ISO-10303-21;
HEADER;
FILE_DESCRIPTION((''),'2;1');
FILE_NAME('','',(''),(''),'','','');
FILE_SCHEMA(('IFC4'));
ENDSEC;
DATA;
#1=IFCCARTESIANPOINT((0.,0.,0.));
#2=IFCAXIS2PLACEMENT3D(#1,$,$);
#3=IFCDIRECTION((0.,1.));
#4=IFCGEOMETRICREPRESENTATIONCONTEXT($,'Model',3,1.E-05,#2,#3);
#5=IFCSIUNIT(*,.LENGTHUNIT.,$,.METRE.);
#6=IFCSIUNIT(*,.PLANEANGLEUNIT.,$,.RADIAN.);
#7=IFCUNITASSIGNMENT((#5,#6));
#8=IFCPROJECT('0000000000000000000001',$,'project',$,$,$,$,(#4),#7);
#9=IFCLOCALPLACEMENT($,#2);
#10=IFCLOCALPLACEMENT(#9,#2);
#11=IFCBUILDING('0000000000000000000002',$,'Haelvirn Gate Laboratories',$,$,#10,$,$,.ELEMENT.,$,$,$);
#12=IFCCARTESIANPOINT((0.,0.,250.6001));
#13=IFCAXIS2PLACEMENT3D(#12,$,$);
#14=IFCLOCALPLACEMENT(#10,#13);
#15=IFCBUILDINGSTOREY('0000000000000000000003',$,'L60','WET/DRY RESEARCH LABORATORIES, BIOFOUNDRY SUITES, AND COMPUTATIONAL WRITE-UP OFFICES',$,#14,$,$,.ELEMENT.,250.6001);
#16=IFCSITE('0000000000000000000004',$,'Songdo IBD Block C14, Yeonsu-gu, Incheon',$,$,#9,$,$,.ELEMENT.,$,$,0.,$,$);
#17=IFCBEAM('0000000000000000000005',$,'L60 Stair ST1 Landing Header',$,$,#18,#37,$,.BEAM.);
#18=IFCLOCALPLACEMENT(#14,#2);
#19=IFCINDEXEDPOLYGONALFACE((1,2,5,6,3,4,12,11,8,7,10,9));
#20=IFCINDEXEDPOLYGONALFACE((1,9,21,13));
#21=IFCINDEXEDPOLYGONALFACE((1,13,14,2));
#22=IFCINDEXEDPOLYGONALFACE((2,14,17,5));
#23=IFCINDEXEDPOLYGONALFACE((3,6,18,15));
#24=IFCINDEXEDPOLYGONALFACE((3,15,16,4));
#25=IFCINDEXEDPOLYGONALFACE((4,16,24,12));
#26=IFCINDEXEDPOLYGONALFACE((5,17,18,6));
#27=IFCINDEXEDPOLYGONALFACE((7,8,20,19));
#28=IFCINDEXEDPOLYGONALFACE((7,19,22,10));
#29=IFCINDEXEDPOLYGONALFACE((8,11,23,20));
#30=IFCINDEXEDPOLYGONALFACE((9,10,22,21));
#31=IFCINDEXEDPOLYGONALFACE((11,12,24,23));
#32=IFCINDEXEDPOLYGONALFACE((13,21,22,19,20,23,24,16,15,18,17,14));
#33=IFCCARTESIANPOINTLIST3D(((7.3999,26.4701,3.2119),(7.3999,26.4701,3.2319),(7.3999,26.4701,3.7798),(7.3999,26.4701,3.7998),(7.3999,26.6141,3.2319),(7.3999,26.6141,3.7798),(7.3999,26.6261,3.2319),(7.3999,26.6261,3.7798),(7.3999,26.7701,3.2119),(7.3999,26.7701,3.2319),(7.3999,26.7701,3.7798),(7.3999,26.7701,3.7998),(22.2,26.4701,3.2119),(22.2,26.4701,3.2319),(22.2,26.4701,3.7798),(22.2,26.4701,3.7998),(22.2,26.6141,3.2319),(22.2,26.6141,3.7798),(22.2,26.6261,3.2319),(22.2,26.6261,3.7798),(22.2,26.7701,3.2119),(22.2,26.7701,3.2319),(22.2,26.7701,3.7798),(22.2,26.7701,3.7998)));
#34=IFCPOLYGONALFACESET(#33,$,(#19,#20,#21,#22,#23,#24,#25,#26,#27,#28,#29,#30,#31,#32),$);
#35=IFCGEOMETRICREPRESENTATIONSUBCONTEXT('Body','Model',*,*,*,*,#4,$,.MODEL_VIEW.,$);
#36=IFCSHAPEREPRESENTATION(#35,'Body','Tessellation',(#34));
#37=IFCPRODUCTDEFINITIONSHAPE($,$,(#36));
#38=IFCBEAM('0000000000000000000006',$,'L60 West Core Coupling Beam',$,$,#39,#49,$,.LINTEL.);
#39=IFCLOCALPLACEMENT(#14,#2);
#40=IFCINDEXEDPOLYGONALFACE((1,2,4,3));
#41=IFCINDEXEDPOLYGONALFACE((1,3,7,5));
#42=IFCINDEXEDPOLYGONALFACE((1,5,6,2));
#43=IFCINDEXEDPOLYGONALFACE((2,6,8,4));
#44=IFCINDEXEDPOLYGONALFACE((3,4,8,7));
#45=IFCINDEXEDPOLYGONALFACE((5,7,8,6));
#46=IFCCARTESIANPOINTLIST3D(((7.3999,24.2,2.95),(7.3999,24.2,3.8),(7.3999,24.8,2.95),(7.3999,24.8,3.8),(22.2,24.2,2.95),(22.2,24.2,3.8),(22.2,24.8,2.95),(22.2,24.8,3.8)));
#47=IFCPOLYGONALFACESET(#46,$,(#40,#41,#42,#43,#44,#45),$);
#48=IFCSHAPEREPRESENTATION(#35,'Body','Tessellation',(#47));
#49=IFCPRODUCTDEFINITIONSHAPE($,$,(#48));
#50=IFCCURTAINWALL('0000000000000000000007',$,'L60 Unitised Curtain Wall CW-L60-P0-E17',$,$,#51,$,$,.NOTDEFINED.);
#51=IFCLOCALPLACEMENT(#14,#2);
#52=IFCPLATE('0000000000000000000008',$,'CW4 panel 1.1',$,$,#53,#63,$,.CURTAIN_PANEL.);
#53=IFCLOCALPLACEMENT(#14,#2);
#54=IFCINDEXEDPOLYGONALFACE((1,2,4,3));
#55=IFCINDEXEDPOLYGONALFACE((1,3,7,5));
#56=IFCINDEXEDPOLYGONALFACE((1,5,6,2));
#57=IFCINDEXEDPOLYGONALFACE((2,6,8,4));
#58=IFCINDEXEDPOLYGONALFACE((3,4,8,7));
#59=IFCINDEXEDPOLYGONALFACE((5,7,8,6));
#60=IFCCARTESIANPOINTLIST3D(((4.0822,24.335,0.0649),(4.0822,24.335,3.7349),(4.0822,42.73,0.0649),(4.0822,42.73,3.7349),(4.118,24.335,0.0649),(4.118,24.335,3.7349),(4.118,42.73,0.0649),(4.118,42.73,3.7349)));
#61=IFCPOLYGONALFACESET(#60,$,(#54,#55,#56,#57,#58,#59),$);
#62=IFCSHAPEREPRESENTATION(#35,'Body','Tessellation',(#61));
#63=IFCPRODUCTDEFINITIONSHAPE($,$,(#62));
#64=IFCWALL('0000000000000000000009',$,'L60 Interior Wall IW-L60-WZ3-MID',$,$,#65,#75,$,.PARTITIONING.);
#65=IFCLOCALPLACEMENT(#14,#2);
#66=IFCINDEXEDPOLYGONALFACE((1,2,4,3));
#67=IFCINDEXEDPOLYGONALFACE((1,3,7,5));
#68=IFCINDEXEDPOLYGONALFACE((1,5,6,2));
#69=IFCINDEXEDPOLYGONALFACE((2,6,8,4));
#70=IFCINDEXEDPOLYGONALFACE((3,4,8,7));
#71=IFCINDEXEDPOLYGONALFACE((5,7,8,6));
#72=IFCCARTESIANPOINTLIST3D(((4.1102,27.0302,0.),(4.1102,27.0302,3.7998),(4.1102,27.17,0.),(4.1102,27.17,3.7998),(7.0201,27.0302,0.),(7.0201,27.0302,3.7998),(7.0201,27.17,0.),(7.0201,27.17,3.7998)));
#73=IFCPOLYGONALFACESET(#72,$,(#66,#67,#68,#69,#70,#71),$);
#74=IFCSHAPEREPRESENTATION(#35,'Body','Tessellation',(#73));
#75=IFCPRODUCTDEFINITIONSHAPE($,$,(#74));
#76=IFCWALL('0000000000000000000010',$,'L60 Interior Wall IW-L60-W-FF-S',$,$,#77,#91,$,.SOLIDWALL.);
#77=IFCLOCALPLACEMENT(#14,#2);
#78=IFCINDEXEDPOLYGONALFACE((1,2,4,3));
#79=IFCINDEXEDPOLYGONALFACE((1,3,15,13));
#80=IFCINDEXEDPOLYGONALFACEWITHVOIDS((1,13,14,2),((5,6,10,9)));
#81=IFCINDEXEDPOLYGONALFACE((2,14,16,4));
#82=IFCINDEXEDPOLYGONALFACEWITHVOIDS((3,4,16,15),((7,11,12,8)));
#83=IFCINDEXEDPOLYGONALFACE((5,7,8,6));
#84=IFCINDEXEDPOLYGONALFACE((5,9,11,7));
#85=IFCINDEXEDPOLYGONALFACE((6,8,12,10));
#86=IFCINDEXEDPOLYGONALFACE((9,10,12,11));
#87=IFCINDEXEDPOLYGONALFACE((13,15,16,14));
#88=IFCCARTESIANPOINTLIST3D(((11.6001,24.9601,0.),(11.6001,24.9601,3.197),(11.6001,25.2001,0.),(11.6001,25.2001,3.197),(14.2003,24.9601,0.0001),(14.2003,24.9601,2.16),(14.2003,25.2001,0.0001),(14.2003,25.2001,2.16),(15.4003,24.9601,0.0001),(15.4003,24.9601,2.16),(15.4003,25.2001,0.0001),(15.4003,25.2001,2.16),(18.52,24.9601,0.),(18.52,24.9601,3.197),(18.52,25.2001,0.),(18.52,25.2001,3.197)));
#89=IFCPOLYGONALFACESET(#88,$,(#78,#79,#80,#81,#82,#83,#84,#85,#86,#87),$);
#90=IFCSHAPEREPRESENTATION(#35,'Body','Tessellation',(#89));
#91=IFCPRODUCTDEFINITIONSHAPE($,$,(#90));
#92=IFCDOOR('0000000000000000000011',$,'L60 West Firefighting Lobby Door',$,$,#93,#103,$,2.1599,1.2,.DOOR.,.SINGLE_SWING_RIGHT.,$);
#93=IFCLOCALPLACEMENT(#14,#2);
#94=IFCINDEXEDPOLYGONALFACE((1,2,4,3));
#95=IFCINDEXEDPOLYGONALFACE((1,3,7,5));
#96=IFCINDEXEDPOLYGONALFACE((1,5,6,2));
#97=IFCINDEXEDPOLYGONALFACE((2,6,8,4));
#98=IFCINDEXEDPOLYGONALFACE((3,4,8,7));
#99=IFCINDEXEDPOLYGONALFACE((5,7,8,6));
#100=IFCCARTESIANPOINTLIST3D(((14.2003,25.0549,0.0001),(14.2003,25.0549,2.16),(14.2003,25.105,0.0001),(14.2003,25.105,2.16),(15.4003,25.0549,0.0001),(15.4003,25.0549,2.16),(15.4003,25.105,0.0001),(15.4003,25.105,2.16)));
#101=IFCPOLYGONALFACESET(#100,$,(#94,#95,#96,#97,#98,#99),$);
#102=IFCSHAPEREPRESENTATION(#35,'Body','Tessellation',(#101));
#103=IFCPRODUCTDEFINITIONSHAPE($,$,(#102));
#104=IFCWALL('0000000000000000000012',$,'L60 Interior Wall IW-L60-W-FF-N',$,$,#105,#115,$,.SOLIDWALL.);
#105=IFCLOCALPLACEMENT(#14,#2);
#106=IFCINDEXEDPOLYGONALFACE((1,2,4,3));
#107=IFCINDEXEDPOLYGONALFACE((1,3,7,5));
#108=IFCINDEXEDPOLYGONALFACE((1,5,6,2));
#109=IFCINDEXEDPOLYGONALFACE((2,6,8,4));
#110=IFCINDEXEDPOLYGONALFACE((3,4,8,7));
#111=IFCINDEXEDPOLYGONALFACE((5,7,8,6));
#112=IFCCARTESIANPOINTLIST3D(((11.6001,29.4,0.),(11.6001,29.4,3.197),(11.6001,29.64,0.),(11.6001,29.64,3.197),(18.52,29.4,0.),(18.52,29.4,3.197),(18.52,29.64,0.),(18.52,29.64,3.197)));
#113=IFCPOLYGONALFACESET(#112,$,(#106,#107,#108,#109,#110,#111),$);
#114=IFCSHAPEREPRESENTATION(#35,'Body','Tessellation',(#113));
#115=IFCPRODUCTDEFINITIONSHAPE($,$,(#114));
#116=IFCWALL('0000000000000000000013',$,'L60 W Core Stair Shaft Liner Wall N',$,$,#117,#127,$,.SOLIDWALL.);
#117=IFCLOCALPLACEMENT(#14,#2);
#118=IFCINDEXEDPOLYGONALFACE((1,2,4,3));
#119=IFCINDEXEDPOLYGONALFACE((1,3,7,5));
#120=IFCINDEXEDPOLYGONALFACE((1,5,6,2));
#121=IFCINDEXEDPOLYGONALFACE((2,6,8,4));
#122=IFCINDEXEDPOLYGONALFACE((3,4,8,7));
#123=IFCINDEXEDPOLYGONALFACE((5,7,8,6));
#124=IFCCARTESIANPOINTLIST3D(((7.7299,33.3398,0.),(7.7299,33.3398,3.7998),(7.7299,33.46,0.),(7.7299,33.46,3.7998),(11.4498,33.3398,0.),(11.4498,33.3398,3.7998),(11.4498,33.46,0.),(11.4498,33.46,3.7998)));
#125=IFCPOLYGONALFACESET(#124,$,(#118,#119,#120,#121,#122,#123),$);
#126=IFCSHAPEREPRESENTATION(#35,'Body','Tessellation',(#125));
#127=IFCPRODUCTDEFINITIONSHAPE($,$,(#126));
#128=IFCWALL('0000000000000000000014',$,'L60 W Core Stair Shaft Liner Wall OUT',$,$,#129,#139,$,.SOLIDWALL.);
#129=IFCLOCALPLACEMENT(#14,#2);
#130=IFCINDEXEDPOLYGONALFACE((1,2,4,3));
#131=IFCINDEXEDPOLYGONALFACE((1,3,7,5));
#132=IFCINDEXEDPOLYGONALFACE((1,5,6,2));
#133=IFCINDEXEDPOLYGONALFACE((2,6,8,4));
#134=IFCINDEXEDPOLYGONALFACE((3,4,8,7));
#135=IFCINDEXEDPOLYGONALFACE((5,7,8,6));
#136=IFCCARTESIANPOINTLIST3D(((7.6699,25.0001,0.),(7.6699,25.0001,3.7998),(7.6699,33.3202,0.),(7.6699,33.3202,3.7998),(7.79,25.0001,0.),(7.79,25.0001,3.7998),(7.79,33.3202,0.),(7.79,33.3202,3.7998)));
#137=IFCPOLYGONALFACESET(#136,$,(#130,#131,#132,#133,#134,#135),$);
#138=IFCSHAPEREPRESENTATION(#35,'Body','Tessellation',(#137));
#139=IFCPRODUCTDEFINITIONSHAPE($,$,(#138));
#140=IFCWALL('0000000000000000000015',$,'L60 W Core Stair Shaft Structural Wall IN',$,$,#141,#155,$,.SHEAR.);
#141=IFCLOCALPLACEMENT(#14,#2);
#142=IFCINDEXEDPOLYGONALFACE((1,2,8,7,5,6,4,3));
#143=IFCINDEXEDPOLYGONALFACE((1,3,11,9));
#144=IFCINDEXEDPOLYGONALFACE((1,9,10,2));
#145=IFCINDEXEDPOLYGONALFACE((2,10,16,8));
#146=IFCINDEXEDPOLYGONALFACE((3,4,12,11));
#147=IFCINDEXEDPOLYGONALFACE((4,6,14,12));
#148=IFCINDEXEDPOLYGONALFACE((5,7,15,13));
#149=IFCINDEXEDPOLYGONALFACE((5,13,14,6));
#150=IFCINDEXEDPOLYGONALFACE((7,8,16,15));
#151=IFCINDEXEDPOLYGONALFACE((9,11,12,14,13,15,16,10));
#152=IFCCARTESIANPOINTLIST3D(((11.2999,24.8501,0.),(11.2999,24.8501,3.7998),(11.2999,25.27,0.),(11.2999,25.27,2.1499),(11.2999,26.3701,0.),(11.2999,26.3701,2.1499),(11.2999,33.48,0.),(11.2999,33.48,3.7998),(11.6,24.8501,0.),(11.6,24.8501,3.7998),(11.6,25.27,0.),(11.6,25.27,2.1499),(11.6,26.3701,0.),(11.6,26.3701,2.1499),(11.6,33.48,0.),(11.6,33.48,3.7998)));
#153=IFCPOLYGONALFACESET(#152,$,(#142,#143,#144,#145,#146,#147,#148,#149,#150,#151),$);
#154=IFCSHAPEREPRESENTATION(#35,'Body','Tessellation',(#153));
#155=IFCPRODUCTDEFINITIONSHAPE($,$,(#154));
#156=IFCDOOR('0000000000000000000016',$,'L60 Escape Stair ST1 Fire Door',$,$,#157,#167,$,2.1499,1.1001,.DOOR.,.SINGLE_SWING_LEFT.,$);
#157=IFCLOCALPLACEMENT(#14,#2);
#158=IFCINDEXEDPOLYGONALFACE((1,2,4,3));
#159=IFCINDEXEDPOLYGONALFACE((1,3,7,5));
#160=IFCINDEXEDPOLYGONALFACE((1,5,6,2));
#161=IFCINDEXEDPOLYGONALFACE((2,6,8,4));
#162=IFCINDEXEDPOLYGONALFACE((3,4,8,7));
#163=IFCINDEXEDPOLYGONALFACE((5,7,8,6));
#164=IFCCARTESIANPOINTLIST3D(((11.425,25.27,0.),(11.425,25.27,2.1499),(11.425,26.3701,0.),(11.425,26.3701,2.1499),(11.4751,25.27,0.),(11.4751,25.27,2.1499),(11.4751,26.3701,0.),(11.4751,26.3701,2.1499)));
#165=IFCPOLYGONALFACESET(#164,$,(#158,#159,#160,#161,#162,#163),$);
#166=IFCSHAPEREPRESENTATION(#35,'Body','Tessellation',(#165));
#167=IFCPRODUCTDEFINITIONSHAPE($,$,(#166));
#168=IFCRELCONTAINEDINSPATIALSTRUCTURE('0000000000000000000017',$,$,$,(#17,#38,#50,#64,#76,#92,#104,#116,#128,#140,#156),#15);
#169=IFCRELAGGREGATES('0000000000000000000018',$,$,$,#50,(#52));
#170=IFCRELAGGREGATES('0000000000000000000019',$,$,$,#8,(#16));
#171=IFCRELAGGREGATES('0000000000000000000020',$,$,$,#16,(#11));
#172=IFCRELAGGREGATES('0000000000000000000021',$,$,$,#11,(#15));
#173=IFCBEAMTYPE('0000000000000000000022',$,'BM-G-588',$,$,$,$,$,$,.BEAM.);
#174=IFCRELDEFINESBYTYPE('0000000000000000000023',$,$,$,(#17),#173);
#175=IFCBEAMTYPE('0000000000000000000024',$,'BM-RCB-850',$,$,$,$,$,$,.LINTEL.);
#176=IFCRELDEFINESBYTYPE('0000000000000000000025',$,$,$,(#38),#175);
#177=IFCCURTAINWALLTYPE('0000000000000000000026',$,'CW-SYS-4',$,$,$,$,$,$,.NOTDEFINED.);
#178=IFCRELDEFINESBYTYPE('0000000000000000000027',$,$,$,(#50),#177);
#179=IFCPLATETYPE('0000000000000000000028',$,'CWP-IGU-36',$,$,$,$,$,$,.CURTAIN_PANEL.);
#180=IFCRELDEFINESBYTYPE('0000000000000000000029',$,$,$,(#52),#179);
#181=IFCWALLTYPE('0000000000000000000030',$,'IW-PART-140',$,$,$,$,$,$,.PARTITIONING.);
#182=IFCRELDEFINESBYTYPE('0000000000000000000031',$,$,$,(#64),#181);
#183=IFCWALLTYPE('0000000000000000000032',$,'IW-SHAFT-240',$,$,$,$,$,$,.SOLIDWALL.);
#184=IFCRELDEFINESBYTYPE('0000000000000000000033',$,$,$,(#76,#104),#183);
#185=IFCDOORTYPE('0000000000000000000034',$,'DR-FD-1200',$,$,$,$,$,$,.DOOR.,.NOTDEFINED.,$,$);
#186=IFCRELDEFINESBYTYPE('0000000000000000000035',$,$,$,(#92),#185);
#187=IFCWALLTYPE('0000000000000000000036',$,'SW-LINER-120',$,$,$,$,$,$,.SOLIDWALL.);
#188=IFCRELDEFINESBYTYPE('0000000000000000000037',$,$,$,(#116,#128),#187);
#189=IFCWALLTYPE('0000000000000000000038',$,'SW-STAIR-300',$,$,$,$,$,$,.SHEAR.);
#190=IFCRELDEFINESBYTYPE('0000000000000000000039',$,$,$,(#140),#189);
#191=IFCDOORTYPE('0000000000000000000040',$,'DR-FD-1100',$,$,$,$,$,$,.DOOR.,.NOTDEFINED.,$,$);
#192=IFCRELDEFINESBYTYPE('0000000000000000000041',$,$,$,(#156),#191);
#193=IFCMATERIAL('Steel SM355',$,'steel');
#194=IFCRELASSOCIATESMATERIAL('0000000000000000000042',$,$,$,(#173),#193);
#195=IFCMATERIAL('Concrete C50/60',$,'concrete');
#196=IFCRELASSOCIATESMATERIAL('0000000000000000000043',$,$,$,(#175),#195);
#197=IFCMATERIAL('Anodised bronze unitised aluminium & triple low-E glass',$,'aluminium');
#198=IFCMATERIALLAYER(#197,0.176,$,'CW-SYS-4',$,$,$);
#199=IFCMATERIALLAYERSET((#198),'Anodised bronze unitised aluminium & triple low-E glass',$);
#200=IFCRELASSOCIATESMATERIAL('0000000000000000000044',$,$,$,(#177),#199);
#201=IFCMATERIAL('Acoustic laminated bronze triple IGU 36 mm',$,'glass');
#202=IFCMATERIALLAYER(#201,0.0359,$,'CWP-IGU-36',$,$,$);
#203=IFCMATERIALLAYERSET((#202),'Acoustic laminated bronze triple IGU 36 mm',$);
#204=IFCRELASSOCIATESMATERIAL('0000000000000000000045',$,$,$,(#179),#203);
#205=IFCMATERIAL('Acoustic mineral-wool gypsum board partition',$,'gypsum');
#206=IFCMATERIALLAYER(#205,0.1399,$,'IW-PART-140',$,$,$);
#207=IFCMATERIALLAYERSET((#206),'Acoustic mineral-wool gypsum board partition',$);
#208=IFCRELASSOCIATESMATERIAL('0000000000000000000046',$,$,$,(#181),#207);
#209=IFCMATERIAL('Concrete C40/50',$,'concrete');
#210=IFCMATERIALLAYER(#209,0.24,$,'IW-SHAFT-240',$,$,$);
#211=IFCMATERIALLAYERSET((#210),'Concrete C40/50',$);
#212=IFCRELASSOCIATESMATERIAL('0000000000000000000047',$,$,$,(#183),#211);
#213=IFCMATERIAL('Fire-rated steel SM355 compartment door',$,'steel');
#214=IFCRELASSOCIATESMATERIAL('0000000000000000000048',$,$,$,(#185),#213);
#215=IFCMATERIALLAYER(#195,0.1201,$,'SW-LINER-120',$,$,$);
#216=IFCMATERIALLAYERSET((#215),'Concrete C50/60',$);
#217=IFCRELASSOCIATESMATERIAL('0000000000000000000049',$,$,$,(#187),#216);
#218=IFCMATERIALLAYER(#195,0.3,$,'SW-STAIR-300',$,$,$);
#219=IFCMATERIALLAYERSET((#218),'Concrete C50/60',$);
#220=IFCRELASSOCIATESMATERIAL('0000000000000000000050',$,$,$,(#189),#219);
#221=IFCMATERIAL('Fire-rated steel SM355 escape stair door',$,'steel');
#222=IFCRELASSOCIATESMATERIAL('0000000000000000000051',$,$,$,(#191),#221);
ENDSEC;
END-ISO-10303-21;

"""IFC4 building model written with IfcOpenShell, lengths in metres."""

from ifc_helpers import new_model, si_unit, direction, frame, frame_2d, origin, origin_2d, place, context, subcontext, project, spatial, rectangle, i_section, extrude, source, transform, mapped, material, layer, layer_set, material_profile, profile_set, type_object, type_shapes, element, fill, aggregate, save


model = new_model("IFC4")

# Units and contexts
model_context = context("Model", 3, precision=1e-05, world=origin(), true_north=direction((0.0, 1.0)))
body_context = subcontext(model_context, "Body", "Model", "MODEL_VIEW")
ifc_project = project(units=[si_unit("LENGTHUNIT", "METRE"), si_unit("PLANEANGLEUNIT", "RADIAN")], contexts=[model_context])

# Site, building, storey
site_placement = place(None, origin())
site = spatial("IfcSite", under=ifc_project, at=site_placement, Name="Songdo IBD Block C14, Yeonsu-gu, Incheon", CompositionType="ELEMENT", RefElevation=0.0)
building_placement = place(site_placement, origin())
building = spatial("IfcBuilding", under=site, at=building_placement, Name="Haelvirn Gate Laboratories", CompositionType="ELEMENT")
storey_placement = place(building_placement, frame((0.0, 0.0, 250.6001)))
storey = spatial("IfcBuildingStorey", under=building, at=storey_placement, Name="L60", Description="WET/DRY RESEARCH LABORATORIES, BIOFOUNDRY SUITES, AND COMPUTATIONAL WRITE-UP OFFICES", CompositionType="ELEMENT", Elevation=250.6001)

# Beams
ifc_material_1 = material(Name="Steel SM355", Category="steel")
ifc_material_profile_1 = material_profile(ifc_material_1, i_section(OverallWidth=0.3, OverallDepth=0.5879, WebThickness=0.012, FlangeThickness=0.02, at=origin_2d()), Name="H-588x300x12x20")
ifc_profile_set_1 = profile_set([ifc_material_profile_1], Name="Steel SM355")
beam_type_1 = type_object("IfcBeamType", Name="BM-G-588", PredefinedType="BEAM", material=ifc_profile_set_1)
shared_shape_1 = source(origin(), body_context, "Body", "SweptSolid", [
    extrude(i_section(OverallWidth=0.3, OverallDepth=0.5879, WebThickness=0.012, FlangeThickness=0.02, at=origin_2d()), origin(), (0.0, 0.0, 1.0), 14.8),
])
type_shapes(beam_type_1, [shared_shape_1])
beam_1_placement = place(storey_placement, frame((7.3999, 26.6201, 3.5059), z_axis=(1.0, 0.0, 0.0), x_axis=(0.0, 1.0, 0.0)))
element("IfcBeam", 1, at=beam_1_placement, inside=storey, type_object=beam_type_1, Name="L60 Stair ST1 Landing Header", PredefinedType="BEAM", context=body_context, shape_type="MappedRepresentation", body=[
    mapped(shared_shape_1, transform((0.0, 0.0, 0.0), scale=1.0)),
])
ifc_material_2 = material(Name="Concrete C50/60", Category="concrete")
ifc_material_profile_2 = material_profile(ifc_material_2, rectangle(XDim=0.6001, YDim=0.8501, at=origin_2d()), Name="RCB-600x850")
ifc_profile_set_2 = profile_set([ifc_material_profile_2], Name="Concrete C50/60")
beam_type_2 = type_object("IfcBeamType", Name="BM-RCB-850", PredefinedType="LINTEL", material=ifc_profile_set_2)
shared_shape_2 = source(origin(), body_context, "Body", "SweptSolid", [
    extrude(rectangle(XDim=0.6001, YDim=0.8501, at=origin_2d()), origin(), (0.0, 0.0, 1.0), 14.8),
])
type_shapes(beam_type_2, [shared_shape_2])
beam_2_placement = place(storey_placement, frame((7.3999, 24.5, 3.375), z_axis=(1.0, 0.0, 0.0), x_axis=(0.0, 1.0, 0.0)))
element("IfcBeam", 2, at=beam_2_placement, inside=storey, type_object=beam_type_2, Name="L60 West Core Coupling Beam", PredefinedType="LINTEL", context=body_context, shape_type="MappedRepresentation", body=[
    mapped(shared_shape_2, transform((0.0, 0.0, 0.0), scale=1.0)),
])

# Curtain wall, plate
ifc_material_3 = material(Name="Anodised bronze unitised aluminium & triple low-E glass", Category="aluminium")
ifc_layer_1 = layer(ifc_material_3, 0.176, Name="CW-SYS-4")
ifc_layer_set_1 = layer_set([ifc_layer_1], Name="Anodised bronze unitised aluminium & triple low-E glass")
curtain_wall_type = type_object("IfcCurtainWallType", Name="CW-SYS-4", PredefinedType="NOTDEFINED", material=ifc_layer_set_1)
curtain_wall_placement = place(storey_placement, origin())
curtain_wall = element("IfcCurtainWall", 3, at=curtain_wall_placement, inside=storey, type_object=curtain_wall_type, Name="L60 Unitised Curtain Wall CW-L60-P0-E17", PredefinedType="NOTDEFINED")
ifc_material_4 = material(Name="Acoustic laminated bronze triple IGU 36 mm", Category="glass")
ifc_layer_2 = layer(ifc_material_4, 0.0359, Name="CWP-IGU-36")
ifc_layer_set_2 = layer_set([ifc_layer_2], Name="Acoustic laminated bronze triple IGU 36 mm")
plate_type = type_object("IfcPlateType", Name="CWP-IGU-36", PredefinedType="CURTAIN_PANEL", material=ifc_layer_set_2)
shared_shape_3 = source(origin(), body_context, "Body", "SweptSolid", [
    extrude(rectangle(XDim=18.395, YDim=0.0359, at=origin_2d()), origin(), (0.0, 0.0, 1.0), 3.6699),
])
type_shapes(plate_type, [shared_shape_3])
plate_placement = place(storey_placement, frame((4.1001, 33.5325, 0.0649), z_axis=(0.0, 0.0, 1.0), x_axis=(0.0, -1.0, 0.0)))
plate = element("IfcPlate", 4, at=plate_placement, type_object=plate_type, Name="CW4 panel 1.1", PredefinedType="CURTAIN_PANEL", context=body_context, shape_type="MappedRepresentation", body=[
    mapped(shared_shape_3, transform((0.0, 0.0, 0.0), scale=1.0)),
])
aggregate(curtain_wall, [plate])

# Wall
ifc_material_5 = material(Name="Acoustic mineral-wool gypsum board partition", Category="gypsum")
ifc_layer_3 = layer(ifc_material_5, 0.1399, Name="IW-PART-140")
ifc_layer_set_3 = layer_set([ifc_layer_3], Name="Acoustic mineral-wool gypsum board partition")
wall_type_1 = type_object("IfcWallType", Name="IW-PART-140", PredefinedType="PARTITIONING", material=ifc_layer_set_3)
wall_1_placement = place(storey_placement, frame((4.1101, 27.1001, 0.0), z_axis=(0.0, 0.0, 1.0), x_axis=(1.0, 0.0, 0.0)))
element("IfcWall", 5, at=wall_1_placement, inside=storey, type_object=wall_type_1, Name="L60 Interior Wall IW-L60-WZ3-MID", PredefinedType="PARTITIONING", context=body_context, shape_type="SweptSolid", body=[
    extrude(rectangle(XDim=2.9099, YDim=0.1399, at=frame_2d((1.4551, 0.0))), origin(), (0.0, 0.0, 1.0), 3.7998),
])

# Wall, opening, door
ifc_material_6 = material(Name="Concrete C40/50", Category="concrete")
ifc_layer_4 = layer(ifc_material_6, 0.24, Name="IW-SHAFT-240")
ifc_layer_set_4 = layer_set([ifc_layer_4], Name="Concrete C40/50")
wall_type_2 = type_object("IfcWallType", Name="IW-SHAFT-240", PredefinedType="SOLIDWALL", material=ifc_layer_set_4)
wall_2_placement = place(storey_placement, frame((11.6001, 25.0801, 0.0), z_axis=(0.0, 0.0, 1.0), x_axis=(1.0, 0.0, 0.0)))
wall_2 = element("IfcWall", 6, at=wall_2_placement, inside=storey, type_object=wall_type_2, Name="L60 Interior Wall IW-L60-W-FF-S", PredefinedType="SOLIDWALL", context=body_context, shape_type="SweptSolid", body=[
    extrude(rectangle(XDim=6.9199, YDim=0.24, at=frame_2d((3.46, 0.0))), origin(), (0.0, 0.0, 1.0), 3.197),
])
opening_1_placement = place(wall_2_placement, frame((2.6001, 0.0, 0.0)))
opening_1 = element("IfcOpeningElement", 7, at=opening_1_placement, cuts=wall_2, PredefinedType="OPENING", context=body_context, shape_type="SweptSolid", body=[
    extrude(rectangle(XDim=1.2, YDim=2.1599, at=frame_2d((0.6001, 1.0801))), frame((0.0, 0.1299, 0.0), z_axis=(0.0, -1.0, 0.0), x_axis=(1.0, 0.0, 0.0)), (0.0, 0.0, 1.0), 0.26),
])
ifc_material_7 = material(Name="Fire-rated steel SM355 compartment door", Category="steel")
door_type_1 = type_object("IfcDoorType", Name="DR-FD-1200", OperationType="NOTDEFINED", PredefinedType="DOOR", material=ifc_material_7)
shared_shape_4 = source(origin(), body_context, "Body", "SweptSolid", [
    extrude(rectangle(XDim=1.2, YDim=2.1599, at=frame_2d((0.6001, 1.0801))), frame((0.0, 0.0249, 0.0), z_axis=(0.0, -1.0, 0.0), x_axis=(1.0, 0.0, 0.0)), (0.0, 0.0, 1.0), 0.05),
])
type_shapes(door_type_1, [shared_shape_4])
door_1_placement = place(opening_1_placement, origin())
door_1 = element("IfcDoor", 8, at=door_1_placement, inside=storey, type_object=door_type_1, Name="L60 West Firefighting Lobby Door", OperationType="SINGLE_SWING_RIGHT", OverallHeight=2.1599, OverallWidth=1.2, PredefinedType="DOOR", context=body_context, shape_type="MappedRepresentation", body=[
    mapped(shared_shape_4, transform((0.0, 0.0, 0.0), scale=1.0)),
])
fill(opening_1, door_1)

# Wall
wall_3_placement = place(storey_placement, frame((11.6001, 29.52, 0.0), z_axis=(0.0, 0.0, 1.0), x_axis=(1.0, 0.0, 0.0)))
element("IfcWall", 9, at=wall_3_placement, inside=storey, type_object=wall_type_2, Name="L60 Interior Wall IW-L60-W-FF-N", PredefinedType="SOLIDWALL", context=body_context, shape_type="SweptSolid", body=[
    extrude(rectangle(XDim=6.9199, YDim=0.24, at=frame_2d((3.46, 0.0))), origin(), (0.0, 0.0, 1.0), 3.197),
])

# Walls
ifc_layer_5 = layer(ifc_material_2, 0.1201, Name="SW-LINER-120")
ifc_layer_set_5 = layer_set([ifc_layer_5], Name="Concrete C50/60")
wall_type_3 = type_object("IfcWallType", Name="SW-LINER-120", PredefinedType="SOLIDWALL", material=ifc_layer_set_5)
wall_4_placement = place(storey_placement, frame((7.73, 33.3999, 0.0), z_axis=(0.0, 0.0, 1.0), x_axis=(1.0, 0.0, 0.0)))
element("IfcWall", 10, at=wall_4_placement, inside=storey, type_object=wall_type_3, Name="L60 W Core Stair Shaft Liner Wall N", PredefinedType="SOLIDWALL", context=body_context, shape_type="SweptSolid", body=[
    extrude(rectangle(XDim=3.72, YDim=0.1201, at=frame_2d((1.8599, 0.0))), origin(), (0.0, 0.0, 1.0), 3.7998),
])
wall_5_placement = place(storey_placement, frame((7.73, 25.0, 0.0), z_axis=(0.0, 0.0, 1.0), x_axis=(0.0, 1.0, 0.0)))
element("IfcWall", 11, at=wall_5_placement, inside=storey, type_object=wall_type_3, Name="L60 W Core Stair Shaft Liner Wall OUT", PredefinedType="SOLIDWALL", context=body_context, shape_type="SweptSolid", body=[
    extrude(rectangle(XDim=8.3201, YDim=0.1201, at=frame_2d((4.1602, 0.0))), origin(), (0.0, 0.0, 1.0), 3.7998),
])

# Wall, opening, door
ifc_layer_6 = layer(ifc_material_2, 0.3, Name="SW-STAIR-300")
ifc_layer_set_6 = layer_set([ifc_layer_6], Name="Concrete C50/60")
wall_type_4 = type_object("IfcWallType", Name="SW-STAIR-300", PredefinedType="SHEAR", material=ifc_layer_set_6)
wall_6_placement = place(storey_placement, frame((11.45, 24.8501, 0.0), z_axis=(0.0, 0.0, 1.0), x_axis=(0.0, 1.0, 0.0)))
wall_6 = element("IfcWall", 12, at=wall_6_placement, inside=storey, type_object=wall_type_4, Name="L60 W Core Stair Shaft Structural Wall IN", PredefinedType="SHEAR", context=body_context, shape_type="SweptSolid", body=[
    extrude(rectangle(XDim=8.6299, YDim=0.3, at=frame_2d((4.3149, 0.0))), origin(), (0.0, 0.0, 1.0), 3.7998),
])
opening_2_placement = place(wall_6_placement, frame((0.4199, 0.0, 0.0)))
opening_2 = element("IfcOpeningElement", 13, at=opening_2_placement, cuts=wall_6, PredefinedType="OPENING", context=body_context, shape_type="SweptSolid", body=[
    extrude(rectangle(XDim=1.1001, YDim=2.1499, at=frame_2d((0.55, 1.075))), frame((0.0, 0.1602, 0.0), z_axis=(0.0, -1.0, 0.0), x_axis=(1.0, 0.0, 0.0)), (0.0, 0.0, 1.0), 0.3201),
])
ifc_material_8 = material(Name="Fire-rated steel SM355 escape stair door", Category="steel")
door_type_2 = type_object("IfcDoorType", Name="DR-FD-1100", OperationType="NOTDEFINED", PredefinedType="DOOR", material=ifc_material_8)
shared_shape_5 = source(origin(), body_context, "Body", "SweptSolid", [
    extrude(rectangle(XDim=1.1001, YDim=2.1499, at=frame_2d((0.55, 1.075))), frame((0.0, 0.0249, 0.0), z_axis=(0.0, -1.0, 0.0), x_axis=(1.0, 0.0, 0.0)), (0.0, 0.0, 1.0), 0.05),
])
type_shapes(door_type_2, [shared_shape_5])
door_2_placement = place(opening_2_placement, origin())
door_2 = element("IfcDoor", 14, at=door_2_placement, inside=storey, type_object=door_type_2, Name="L60 Escape Stair ST1 Fire Door", OperationType="SINGLE_SWING_LEFT", OverallHeight=2.1499, OverallWidth=1.1001, PredefinedType="DOOR", context=body_context, shape_type="MappedRepresentation", body=[
    mapped(shared_shape_5, transform((0.0, 0.0, 0.0), scale=1.0)),
])
fill(opening_2, door_2)

save(model, "model.ifc")
